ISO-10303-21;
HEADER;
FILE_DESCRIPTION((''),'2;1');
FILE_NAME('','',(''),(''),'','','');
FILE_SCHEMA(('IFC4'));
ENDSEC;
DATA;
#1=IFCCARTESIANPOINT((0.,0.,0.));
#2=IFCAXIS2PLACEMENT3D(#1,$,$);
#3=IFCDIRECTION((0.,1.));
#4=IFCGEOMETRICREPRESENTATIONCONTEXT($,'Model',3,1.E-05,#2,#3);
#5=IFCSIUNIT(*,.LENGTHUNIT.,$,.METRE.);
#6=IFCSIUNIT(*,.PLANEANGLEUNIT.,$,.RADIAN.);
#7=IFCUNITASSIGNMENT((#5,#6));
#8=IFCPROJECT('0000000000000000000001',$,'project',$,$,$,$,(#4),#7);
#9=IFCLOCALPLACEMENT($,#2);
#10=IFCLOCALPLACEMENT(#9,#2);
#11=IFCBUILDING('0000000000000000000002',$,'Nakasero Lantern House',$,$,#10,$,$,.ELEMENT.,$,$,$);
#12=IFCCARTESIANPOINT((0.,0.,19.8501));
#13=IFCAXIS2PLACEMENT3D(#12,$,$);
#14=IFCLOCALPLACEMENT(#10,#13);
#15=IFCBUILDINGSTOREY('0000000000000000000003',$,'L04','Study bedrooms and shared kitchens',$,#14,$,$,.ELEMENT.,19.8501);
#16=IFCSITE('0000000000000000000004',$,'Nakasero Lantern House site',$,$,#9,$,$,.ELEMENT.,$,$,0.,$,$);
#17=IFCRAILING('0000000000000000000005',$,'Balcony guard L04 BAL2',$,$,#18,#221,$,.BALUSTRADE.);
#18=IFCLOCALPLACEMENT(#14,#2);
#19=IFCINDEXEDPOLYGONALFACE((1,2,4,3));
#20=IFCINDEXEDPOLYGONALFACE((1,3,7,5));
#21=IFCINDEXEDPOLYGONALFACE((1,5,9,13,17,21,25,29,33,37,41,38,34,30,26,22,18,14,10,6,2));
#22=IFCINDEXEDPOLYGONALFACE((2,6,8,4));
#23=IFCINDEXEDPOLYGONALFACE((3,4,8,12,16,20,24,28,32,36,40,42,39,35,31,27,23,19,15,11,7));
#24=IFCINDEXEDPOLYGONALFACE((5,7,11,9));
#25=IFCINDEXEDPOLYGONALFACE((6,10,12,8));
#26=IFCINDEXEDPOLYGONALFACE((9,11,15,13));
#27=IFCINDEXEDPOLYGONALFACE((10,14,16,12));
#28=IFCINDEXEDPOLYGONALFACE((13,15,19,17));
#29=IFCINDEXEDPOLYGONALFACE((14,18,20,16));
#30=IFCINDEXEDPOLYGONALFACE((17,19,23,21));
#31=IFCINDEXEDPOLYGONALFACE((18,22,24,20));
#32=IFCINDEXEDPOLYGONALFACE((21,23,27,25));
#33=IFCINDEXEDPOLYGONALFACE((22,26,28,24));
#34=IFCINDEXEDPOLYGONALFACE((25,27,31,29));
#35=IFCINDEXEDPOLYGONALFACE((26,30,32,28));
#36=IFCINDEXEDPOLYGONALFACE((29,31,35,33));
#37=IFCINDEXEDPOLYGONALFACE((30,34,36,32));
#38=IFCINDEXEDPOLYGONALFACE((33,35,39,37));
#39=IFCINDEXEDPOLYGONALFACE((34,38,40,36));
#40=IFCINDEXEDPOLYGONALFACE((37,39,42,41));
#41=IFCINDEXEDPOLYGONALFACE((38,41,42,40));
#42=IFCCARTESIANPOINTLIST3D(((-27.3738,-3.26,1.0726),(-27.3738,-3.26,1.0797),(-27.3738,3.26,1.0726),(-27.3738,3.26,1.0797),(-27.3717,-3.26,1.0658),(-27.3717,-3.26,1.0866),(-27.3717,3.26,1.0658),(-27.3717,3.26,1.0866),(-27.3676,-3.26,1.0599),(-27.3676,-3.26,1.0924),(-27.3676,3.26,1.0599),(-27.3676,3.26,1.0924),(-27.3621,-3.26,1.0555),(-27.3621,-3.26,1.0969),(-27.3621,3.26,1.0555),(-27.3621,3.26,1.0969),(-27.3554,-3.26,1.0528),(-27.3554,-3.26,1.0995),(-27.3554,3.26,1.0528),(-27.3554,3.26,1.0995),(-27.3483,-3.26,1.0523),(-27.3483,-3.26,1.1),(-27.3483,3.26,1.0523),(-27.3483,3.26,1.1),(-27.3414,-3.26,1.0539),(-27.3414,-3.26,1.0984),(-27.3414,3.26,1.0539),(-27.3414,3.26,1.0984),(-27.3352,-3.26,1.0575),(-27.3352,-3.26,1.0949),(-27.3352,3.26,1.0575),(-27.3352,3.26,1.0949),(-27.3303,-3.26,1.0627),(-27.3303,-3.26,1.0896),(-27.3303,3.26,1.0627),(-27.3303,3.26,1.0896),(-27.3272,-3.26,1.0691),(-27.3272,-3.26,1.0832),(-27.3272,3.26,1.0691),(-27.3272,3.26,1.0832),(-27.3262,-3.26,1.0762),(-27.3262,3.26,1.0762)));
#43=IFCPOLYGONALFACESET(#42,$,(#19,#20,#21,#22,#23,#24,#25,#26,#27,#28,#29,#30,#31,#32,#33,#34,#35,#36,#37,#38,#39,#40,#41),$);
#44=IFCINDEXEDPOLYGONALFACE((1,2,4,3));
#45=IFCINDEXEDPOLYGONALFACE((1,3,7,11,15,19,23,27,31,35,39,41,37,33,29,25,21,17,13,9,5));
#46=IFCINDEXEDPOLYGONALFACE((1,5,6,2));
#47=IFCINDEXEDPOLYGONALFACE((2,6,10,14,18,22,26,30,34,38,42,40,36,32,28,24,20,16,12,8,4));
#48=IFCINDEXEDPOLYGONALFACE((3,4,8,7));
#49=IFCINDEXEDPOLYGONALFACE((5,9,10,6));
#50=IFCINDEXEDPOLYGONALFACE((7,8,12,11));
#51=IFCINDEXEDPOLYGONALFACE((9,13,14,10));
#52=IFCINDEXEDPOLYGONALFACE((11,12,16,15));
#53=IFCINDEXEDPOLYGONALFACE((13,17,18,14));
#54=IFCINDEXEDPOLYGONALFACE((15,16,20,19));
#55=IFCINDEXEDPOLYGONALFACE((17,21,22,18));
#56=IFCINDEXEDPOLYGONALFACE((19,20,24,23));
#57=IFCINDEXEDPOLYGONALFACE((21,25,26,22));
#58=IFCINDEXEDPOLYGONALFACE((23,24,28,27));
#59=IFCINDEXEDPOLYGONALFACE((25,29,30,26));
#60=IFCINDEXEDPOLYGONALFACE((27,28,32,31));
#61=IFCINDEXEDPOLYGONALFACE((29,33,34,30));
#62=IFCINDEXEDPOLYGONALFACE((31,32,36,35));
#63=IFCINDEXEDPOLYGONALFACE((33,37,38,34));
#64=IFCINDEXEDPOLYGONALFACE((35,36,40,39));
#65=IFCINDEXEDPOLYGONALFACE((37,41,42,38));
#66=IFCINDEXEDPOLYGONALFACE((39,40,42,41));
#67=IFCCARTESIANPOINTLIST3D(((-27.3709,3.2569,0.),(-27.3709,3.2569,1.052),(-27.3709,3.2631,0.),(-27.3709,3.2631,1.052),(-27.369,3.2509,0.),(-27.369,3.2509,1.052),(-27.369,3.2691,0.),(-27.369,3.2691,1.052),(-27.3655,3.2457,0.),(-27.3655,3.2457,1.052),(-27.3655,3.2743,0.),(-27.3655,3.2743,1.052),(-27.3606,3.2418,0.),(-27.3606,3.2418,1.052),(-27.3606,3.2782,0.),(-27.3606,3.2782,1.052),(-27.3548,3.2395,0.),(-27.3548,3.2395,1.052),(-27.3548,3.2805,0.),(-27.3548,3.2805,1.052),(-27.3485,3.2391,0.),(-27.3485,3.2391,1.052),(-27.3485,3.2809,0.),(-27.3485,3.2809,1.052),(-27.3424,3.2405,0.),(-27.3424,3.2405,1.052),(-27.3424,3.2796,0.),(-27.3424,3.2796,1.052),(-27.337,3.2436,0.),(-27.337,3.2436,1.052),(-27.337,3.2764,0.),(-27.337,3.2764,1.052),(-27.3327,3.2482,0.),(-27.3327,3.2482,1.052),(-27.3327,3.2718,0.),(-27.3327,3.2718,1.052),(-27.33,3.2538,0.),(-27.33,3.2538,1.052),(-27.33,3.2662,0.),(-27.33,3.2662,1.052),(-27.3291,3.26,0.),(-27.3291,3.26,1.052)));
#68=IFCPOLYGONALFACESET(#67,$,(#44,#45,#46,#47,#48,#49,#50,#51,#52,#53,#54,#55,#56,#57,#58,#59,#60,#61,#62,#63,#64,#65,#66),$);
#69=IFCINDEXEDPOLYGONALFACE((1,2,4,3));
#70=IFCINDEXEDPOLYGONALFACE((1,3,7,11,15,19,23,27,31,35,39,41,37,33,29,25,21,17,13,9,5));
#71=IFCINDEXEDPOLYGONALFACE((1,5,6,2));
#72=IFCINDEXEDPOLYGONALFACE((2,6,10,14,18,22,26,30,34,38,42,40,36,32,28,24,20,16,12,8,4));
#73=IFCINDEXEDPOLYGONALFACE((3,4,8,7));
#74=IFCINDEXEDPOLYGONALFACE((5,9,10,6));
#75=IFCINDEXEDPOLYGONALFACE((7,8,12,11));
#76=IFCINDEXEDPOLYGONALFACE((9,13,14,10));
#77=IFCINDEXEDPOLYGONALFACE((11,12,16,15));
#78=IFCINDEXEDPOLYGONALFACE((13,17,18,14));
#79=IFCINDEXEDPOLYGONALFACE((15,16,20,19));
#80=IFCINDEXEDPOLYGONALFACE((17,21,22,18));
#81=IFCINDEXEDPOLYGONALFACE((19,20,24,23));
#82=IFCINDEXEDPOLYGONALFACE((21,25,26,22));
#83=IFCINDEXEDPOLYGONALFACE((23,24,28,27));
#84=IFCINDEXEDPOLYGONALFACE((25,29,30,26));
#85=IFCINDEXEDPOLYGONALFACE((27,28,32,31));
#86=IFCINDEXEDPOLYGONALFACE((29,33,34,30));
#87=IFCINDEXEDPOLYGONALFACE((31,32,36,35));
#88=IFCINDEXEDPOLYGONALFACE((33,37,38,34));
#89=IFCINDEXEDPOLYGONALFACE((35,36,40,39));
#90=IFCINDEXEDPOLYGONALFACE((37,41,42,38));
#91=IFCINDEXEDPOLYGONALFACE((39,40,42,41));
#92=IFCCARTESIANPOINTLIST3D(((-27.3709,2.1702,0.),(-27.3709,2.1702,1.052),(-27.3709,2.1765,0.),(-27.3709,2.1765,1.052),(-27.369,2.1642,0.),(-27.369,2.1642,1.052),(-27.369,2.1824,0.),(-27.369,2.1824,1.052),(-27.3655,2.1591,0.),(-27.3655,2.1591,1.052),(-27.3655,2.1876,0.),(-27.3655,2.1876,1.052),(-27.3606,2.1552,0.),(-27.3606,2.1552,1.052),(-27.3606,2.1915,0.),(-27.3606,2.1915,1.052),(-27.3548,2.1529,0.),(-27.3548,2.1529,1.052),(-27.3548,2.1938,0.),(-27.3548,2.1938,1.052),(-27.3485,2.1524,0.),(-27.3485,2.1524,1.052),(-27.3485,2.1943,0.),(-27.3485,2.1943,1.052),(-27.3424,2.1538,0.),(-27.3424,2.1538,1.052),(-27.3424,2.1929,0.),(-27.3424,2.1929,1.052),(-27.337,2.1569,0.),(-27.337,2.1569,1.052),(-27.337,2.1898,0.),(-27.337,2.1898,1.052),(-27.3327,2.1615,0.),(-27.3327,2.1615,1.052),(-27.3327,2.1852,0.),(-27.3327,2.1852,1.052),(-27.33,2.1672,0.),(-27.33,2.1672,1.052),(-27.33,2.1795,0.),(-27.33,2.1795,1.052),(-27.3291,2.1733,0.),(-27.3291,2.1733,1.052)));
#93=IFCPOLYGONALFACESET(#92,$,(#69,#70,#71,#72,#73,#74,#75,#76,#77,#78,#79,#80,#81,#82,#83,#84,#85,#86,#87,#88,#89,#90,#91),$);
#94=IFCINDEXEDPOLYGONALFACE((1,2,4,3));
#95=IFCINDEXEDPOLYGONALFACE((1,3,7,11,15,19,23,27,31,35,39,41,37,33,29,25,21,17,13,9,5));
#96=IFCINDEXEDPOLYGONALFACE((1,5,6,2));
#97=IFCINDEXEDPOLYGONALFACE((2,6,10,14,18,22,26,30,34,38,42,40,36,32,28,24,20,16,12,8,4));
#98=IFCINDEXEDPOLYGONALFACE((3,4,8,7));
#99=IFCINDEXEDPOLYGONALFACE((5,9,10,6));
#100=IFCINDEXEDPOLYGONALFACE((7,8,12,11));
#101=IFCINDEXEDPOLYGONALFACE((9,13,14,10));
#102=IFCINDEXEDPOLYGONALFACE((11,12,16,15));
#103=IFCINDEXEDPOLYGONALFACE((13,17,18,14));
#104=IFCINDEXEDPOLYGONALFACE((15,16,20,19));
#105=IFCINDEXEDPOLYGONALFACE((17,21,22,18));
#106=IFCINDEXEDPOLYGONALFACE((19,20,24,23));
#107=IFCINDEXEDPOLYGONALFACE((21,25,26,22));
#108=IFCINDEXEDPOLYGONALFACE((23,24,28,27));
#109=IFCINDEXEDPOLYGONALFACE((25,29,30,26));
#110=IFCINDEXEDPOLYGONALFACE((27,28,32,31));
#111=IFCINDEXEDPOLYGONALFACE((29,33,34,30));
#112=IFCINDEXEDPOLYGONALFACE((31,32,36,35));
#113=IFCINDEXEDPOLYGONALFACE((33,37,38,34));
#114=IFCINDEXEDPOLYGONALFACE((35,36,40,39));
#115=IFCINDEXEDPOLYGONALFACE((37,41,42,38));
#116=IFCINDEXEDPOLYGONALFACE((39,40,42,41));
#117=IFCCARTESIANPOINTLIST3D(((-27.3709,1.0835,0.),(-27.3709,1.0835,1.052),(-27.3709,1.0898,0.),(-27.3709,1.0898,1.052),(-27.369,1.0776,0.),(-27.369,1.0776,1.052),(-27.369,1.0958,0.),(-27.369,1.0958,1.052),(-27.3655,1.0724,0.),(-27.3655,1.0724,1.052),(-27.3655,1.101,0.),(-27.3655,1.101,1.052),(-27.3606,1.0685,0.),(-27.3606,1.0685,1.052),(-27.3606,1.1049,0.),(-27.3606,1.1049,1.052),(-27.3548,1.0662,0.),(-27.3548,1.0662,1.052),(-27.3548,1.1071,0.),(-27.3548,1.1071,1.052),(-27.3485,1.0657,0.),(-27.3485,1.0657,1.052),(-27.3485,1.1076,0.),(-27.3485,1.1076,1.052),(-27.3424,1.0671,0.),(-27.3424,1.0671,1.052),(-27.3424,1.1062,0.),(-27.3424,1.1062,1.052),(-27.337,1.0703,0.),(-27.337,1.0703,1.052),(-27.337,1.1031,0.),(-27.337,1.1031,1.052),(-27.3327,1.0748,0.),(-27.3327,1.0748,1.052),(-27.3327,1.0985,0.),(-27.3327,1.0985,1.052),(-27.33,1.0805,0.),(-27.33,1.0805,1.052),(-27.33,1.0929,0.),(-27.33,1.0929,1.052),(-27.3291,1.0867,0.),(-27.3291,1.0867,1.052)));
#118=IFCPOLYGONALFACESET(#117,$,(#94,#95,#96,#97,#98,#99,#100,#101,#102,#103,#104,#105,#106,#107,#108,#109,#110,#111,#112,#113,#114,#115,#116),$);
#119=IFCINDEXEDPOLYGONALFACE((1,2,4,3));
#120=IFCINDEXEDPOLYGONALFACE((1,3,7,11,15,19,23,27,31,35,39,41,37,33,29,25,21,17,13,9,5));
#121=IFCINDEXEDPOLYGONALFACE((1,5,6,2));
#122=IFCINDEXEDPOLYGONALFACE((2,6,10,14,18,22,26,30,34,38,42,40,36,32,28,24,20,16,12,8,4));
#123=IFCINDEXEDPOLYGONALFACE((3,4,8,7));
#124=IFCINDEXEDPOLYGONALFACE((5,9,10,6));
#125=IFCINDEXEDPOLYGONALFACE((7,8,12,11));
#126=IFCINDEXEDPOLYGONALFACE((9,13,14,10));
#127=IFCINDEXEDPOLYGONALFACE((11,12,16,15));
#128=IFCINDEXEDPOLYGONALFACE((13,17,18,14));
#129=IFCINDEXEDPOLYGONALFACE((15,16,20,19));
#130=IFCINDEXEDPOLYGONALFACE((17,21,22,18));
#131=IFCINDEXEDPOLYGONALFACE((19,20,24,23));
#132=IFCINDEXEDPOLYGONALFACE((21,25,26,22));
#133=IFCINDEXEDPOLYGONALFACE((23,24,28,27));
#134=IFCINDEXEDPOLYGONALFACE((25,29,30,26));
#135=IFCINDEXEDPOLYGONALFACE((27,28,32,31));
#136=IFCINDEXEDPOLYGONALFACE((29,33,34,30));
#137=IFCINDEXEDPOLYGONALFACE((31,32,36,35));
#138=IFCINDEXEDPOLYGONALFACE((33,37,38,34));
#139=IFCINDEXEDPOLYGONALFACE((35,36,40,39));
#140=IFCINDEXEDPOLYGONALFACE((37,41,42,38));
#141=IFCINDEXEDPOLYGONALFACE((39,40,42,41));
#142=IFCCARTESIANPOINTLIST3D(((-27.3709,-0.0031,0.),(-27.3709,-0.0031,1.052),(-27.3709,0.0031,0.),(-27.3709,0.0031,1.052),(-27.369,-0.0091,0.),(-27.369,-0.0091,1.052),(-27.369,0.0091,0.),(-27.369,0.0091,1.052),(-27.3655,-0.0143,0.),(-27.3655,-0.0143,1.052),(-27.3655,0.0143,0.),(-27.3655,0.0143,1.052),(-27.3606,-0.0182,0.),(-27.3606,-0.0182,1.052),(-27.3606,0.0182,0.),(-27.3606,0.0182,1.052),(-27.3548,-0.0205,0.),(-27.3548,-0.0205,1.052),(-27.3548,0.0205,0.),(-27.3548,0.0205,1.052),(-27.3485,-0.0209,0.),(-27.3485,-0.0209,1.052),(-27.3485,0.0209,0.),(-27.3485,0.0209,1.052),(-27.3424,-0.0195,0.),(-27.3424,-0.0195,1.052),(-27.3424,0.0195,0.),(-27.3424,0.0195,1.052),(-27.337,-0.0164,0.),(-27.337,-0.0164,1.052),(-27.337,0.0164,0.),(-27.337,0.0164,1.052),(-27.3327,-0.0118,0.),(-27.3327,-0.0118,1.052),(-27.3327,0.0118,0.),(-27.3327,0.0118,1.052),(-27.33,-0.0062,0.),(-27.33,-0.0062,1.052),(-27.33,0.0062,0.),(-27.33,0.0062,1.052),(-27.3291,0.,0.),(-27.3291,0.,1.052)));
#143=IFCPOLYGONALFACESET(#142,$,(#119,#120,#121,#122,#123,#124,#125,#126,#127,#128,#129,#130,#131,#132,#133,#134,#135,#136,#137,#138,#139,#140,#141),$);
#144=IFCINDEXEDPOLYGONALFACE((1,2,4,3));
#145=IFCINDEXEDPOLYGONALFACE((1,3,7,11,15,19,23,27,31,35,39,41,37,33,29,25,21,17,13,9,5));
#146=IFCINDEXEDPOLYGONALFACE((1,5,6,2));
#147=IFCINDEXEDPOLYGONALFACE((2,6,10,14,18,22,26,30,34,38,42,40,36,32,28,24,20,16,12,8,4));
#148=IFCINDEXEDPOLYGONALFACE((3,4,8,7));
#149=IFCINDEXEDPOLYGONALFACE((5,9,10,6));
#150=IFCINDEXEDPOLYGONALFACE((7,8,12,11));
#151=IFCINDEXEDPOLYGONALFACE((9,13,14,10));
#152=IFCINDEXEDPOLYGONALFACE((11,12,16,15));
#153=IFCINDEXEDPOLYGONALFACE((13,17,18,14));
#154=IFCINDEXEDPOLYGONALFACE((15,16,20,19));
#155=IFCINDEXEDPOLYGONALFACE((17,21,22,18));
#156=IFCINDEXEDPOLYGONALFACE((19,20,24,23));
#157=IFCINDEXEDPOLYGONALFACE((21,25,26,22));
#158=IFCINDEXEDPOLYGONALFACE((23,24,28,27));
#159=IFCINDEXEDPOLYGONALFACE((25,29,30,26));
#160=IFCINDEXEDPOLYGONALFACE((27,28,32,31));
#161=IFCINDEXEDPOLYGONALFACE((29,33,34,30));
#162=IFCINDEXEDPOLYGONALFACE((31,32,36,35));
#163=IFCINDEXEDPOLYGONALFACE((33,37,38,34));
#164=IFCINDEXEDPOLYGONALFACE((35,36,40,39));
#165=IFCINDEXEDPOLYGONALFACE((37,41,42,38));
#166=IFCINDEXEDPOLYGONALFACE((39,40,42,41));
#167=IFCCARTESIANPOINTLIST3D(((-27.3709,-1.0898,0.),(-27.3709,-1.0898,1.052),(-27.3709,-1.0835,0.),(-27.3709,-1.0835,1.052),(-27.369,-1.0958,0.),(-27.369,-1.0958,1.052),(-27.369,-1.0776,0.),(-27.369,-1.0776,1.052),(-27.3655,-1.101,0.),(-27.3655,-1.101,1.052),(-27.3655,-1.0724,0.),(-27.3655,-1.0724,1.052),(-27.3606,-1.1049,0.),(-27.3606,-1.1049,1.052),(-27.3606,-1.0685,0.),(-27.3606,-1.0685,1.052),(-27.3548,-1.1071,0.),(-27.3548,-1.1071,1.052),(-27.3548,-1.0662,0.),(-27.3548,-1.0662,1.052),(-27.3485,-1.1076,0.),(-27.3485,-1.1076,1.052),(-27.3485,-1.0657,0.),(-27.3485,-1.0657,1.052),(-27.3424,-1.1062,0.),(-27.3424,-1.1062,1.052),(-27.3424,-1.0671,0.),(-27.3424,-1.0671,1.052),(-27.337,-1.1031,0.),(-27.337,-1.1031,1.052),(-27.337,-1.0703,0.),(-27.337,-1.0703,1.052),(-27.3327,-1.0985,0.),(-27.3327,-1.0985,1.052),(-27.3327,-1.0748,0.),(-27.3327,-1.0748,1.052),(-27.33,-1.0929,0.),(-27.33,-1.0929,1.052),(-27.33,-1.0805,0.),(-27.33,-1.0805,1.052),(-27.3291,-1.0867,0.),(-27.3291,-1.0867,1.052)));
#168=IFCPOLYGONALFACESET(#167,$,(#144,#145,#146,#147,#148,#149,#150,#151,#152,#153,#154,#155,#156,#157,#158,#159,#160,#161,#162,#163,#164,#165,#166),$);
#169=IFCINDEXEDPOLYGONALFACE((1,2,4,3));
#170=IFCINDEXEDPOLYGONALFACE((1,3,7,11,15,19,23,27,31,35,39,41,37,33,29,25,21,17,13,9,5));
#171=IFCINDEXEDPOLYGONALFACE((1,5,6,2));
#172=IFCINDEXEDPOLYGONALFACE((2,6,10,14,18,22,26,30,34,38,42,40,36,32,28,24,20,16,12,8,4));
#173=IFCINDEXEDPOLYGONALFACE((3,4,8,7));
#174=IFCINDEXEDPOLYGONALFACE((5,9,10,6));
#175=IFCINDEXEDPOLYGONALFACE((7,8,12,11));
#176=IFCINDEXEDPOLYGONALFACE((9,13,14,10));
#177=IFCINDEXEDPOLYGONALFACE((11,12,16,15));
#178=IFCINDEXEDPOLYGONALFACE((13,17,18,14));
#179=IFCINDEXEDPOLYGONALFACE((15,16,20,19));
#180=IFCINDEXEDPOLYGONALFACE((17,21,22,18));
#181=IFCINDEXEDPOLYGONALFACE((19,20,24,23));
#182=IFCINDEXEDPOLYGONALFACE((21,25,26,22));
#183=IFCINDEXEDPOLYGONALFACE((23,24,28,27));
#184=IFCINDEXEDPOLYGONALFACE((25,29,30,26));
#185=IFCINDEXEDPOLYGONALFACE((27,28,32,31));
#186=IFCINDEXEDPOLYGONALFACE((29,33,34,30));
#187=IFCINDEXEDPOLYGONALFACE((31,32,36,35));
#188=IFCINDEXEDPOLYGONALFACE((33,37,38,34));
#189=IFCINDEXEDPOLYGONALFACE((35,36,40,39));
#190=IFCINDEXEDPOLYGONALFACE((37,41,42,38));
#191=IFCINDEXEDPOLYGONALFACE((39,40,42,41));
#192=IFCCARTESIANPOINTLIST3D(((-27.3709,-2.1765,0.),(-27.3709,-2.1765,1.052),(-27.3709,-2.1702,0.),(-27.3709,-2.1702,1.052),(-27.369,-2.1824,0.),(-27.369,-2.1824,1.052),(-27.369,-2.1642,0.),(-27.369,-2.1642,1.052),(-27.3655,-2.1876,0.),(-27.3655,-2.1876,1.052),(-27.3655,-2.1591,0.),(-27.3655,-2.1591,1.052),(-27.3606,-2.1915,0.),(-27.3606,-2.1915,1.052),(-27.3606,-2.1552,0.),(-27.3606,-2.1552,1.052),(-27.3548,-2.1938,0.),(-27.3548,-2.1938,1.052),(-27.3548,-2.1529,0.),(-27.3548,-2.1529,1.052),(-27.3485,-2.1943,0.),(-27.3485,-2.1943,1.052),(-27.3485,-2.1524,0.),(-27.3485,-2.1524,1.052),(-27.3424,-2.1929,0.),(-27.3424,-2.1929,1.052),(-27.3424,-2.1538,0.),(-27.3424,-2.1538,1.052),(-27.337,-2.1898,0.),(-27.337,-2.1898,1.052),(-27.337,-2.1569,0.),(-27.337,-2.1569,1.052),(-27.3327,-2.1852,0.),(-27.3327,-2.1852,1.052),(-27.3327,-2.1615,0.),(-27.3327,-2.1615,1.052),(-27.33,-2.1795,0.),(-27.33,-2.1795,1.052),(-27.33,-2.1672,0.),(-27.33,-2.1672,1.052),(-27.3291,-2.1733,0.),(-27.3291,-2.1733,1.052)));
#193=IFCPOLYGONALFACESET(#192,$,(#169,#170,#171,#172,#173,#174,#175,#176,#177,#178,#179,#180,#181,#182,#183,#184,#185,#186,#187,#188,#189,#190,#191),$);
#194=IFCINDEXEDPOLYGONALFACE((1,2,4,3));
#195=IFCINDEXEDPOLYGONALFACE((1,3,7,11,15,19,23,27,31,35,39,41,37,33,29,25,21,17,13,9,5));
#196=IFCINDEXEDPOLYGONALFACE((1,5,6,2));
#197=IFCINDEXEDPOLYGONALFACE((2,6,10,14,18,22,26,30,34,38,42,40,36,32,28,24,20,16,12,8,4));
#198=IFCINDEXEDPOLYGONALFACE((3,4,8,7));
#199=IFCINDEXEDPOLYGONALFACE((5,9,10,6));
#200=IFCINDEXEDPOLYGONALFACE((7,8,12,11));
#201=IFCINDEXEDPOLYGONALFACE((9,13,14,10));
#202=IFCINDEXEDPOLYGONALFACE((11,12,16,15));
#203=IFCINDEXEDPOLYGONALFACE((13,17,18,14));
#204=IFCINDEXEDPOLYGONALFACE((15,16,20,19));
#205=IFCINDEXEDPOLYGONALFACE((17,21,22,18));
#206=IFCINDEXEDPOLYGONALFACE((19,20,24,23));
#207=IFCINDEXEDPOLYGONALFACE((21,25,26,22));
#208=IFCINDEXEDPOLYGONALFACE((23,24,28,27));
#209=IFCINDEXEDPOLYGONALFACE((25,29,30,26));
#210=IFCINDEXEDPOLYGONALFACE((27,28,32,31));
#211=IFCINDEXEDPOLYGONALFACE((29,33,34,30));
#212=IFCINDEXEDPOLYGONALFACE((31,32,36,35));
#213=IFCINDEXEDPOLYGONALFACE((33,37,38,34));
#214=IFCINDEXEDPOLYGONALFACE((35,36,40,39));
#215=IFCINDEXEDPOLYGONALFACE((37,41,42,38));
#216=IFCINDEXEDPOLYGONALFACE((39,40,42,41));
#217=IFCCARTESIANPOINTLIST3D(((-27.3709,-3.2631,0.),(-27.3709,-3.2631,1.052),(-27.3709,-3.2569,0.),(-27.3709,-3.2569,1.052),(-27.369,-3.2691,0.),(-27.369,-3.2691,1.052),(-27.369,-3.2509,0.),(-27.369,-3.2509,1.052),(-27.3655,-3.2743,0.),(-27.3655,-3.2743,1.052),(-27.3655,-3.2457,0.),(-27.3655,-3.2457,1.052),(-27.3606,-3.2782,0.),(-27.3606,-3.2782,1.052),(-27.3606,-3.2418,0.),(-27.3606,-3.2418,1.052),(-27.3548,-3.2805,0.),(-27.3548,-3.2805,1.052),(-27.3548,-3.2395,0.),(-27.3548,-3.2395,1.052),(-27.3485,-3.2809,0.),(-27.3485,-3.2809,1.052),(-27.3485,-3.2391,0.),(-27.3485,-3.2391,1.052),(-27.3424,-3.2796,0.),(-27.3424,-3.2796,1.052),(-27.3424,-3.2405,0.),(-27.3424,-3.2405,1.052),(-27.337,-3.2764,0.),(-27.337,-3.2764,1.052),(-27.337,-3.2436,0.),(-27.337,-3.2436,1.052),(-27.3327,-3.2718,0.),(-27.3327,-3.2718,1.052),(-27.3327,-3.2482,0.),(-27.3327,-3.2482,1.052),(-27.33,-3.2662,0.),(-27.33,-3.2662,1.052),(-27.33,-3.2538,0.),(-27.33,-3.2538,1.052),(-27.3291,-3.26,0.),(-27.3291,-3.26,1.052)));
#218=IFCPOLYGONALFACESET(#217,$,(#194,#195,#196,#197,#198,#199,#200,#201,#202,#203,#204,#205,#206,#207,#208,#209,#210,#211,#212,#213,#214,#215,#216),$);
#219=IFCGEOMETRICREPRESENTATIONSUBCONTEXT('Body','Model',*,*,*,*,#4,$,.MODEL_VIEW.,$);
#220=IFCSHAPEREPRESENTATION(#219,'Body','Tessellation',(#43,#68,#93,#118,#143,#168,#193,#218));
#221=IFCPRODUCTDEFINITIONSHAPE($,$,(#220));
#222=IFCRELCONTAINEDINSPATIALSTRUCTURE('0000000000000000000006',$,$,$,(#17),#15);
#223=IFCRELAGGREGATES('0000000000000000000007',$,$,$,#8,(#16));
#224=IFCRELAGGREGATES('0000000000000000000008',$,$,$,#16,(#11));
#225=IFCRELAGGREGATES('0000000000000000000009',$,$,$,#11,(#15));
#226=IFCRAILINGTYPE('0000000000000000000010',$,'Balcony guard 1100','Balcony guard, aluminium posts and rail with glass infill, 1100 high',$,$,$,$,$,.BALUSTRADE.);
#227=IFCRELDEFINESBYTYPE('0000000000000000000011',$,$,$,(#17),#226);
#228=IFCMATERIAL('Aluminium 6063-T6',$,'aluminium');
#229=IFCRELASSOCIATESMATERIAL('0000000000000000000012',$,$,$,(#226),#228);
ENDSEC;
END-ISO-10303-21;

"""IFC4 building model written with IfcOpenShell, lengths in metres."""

from ifc_helpers import new_model, si_unit, direction, frame, origin, origin_2d, place, context, subcontext, project, spatial, circle, extrude, material, type_object, element, save


model = new_model("IFC4")

# Units and contexts
model_context = context("Model", 3, precision=1e-05, world=origin(), true_north=direction((0.0, 1.0)))
body_context = subcontext(model_context, "Body", "Model", "MODEL_VIEW")
ifc_project = project(units=[si_unit("LENGTHUNIT", "METRE"), si_unit("PLANEANGLEUNIT", "RADIAN")], contexts=[model_context])

# Site, building, storey
site_placement = place(None, origin())
site = spatial("IfcSite", under=ifc_project, at=site_placement, Name="Nakasero Lantern House site", CompositionType="ELEMENT", RefElevation=0.0)
building_placement = place(site_placement, origin())
building = spatial("IfcBuilding", under=site, at=building_placement, Name="Nakasero Lantern House", CompositionType="ELEMENT")
storey_placement = place(building_placement, frame((0.0, 0.0, 19.8501)))
storey = spatial("IfcBuildingStorey", under=building, at=storey_placement, Name="L04", Description="Study bedrooms and shared kitchens", CompositionType="ELEMENT", Elevation=19.8501)

# Railing
ifc_material_1 = material(Name="Aluminium 6063-T6", Category="aluminium")
railing_type = type_object("IfcRailingType", Name="Balcony guard 1100", Description="Balcony guard, aluminium posts and rail with glass infill, 1100 high", PredefinedType="BALUSTRADE", material=ifc_material_1)
railing_placement = place(storey_placement, frame((-27.3501, 3.26, 0.0)))
element("IfcRailing", 1, at=railing_placement, inside=storey, type_object=railing_type, Name="Balcony guard L04 BAL2", PredefinedType="BALUSTRADE", context=body_context, shape_type="SweptSolid", body=[
    extrude(circle(Radius=0.0239, at=origin_2d()), frame((0.0, 0.0, 1.0762), z_axis=(0.0, -1.0, 0.0), x_axis=(1.0, 0.0, 0.0)), (0.0, 0.0, 1.0), 6.52),
    extrude(circle(Radius=0.021, at=origin_2d()), origin(), (0.0, 0.0, 1.0), 1.052),
    extrude(circle(Radius=0.021, at=origin_2d()), frame((0.0, -1.0867, 0.0)), (0.0, 0.0, 1.0), 1.052),
    extrude(circle(Radius=0.021, at=origin_2d()), frame((0.0, -2.1733, 0.0)), (0.0, 0.0, 1.0), 1.052),
    extrude(circle(Radius=0.021, at=origin_2d()), frame((0.0, -3.26, 0.0)), (0.0, 0.0, 1.0), 1.052),
    extrude(circle(Radius=0.021, at=origin_2d()), frame((0.0, -4.3467, 0.0)), (0.0, 0.0, 1.0), 1.052),
    extrude(circle(Radius=0.021, at=origin_2d()), frame((0.0, -5.4333, 0.0)), (0.0, 0.0, 1.0), 1.052),
    extrude(circle(Radius=0.021, at=origin_2d()), frame((0.0, -6.52, 0.0)), (0.0, 0.0, 1.0), 1.052),
])

save(model, "model.ifc")
